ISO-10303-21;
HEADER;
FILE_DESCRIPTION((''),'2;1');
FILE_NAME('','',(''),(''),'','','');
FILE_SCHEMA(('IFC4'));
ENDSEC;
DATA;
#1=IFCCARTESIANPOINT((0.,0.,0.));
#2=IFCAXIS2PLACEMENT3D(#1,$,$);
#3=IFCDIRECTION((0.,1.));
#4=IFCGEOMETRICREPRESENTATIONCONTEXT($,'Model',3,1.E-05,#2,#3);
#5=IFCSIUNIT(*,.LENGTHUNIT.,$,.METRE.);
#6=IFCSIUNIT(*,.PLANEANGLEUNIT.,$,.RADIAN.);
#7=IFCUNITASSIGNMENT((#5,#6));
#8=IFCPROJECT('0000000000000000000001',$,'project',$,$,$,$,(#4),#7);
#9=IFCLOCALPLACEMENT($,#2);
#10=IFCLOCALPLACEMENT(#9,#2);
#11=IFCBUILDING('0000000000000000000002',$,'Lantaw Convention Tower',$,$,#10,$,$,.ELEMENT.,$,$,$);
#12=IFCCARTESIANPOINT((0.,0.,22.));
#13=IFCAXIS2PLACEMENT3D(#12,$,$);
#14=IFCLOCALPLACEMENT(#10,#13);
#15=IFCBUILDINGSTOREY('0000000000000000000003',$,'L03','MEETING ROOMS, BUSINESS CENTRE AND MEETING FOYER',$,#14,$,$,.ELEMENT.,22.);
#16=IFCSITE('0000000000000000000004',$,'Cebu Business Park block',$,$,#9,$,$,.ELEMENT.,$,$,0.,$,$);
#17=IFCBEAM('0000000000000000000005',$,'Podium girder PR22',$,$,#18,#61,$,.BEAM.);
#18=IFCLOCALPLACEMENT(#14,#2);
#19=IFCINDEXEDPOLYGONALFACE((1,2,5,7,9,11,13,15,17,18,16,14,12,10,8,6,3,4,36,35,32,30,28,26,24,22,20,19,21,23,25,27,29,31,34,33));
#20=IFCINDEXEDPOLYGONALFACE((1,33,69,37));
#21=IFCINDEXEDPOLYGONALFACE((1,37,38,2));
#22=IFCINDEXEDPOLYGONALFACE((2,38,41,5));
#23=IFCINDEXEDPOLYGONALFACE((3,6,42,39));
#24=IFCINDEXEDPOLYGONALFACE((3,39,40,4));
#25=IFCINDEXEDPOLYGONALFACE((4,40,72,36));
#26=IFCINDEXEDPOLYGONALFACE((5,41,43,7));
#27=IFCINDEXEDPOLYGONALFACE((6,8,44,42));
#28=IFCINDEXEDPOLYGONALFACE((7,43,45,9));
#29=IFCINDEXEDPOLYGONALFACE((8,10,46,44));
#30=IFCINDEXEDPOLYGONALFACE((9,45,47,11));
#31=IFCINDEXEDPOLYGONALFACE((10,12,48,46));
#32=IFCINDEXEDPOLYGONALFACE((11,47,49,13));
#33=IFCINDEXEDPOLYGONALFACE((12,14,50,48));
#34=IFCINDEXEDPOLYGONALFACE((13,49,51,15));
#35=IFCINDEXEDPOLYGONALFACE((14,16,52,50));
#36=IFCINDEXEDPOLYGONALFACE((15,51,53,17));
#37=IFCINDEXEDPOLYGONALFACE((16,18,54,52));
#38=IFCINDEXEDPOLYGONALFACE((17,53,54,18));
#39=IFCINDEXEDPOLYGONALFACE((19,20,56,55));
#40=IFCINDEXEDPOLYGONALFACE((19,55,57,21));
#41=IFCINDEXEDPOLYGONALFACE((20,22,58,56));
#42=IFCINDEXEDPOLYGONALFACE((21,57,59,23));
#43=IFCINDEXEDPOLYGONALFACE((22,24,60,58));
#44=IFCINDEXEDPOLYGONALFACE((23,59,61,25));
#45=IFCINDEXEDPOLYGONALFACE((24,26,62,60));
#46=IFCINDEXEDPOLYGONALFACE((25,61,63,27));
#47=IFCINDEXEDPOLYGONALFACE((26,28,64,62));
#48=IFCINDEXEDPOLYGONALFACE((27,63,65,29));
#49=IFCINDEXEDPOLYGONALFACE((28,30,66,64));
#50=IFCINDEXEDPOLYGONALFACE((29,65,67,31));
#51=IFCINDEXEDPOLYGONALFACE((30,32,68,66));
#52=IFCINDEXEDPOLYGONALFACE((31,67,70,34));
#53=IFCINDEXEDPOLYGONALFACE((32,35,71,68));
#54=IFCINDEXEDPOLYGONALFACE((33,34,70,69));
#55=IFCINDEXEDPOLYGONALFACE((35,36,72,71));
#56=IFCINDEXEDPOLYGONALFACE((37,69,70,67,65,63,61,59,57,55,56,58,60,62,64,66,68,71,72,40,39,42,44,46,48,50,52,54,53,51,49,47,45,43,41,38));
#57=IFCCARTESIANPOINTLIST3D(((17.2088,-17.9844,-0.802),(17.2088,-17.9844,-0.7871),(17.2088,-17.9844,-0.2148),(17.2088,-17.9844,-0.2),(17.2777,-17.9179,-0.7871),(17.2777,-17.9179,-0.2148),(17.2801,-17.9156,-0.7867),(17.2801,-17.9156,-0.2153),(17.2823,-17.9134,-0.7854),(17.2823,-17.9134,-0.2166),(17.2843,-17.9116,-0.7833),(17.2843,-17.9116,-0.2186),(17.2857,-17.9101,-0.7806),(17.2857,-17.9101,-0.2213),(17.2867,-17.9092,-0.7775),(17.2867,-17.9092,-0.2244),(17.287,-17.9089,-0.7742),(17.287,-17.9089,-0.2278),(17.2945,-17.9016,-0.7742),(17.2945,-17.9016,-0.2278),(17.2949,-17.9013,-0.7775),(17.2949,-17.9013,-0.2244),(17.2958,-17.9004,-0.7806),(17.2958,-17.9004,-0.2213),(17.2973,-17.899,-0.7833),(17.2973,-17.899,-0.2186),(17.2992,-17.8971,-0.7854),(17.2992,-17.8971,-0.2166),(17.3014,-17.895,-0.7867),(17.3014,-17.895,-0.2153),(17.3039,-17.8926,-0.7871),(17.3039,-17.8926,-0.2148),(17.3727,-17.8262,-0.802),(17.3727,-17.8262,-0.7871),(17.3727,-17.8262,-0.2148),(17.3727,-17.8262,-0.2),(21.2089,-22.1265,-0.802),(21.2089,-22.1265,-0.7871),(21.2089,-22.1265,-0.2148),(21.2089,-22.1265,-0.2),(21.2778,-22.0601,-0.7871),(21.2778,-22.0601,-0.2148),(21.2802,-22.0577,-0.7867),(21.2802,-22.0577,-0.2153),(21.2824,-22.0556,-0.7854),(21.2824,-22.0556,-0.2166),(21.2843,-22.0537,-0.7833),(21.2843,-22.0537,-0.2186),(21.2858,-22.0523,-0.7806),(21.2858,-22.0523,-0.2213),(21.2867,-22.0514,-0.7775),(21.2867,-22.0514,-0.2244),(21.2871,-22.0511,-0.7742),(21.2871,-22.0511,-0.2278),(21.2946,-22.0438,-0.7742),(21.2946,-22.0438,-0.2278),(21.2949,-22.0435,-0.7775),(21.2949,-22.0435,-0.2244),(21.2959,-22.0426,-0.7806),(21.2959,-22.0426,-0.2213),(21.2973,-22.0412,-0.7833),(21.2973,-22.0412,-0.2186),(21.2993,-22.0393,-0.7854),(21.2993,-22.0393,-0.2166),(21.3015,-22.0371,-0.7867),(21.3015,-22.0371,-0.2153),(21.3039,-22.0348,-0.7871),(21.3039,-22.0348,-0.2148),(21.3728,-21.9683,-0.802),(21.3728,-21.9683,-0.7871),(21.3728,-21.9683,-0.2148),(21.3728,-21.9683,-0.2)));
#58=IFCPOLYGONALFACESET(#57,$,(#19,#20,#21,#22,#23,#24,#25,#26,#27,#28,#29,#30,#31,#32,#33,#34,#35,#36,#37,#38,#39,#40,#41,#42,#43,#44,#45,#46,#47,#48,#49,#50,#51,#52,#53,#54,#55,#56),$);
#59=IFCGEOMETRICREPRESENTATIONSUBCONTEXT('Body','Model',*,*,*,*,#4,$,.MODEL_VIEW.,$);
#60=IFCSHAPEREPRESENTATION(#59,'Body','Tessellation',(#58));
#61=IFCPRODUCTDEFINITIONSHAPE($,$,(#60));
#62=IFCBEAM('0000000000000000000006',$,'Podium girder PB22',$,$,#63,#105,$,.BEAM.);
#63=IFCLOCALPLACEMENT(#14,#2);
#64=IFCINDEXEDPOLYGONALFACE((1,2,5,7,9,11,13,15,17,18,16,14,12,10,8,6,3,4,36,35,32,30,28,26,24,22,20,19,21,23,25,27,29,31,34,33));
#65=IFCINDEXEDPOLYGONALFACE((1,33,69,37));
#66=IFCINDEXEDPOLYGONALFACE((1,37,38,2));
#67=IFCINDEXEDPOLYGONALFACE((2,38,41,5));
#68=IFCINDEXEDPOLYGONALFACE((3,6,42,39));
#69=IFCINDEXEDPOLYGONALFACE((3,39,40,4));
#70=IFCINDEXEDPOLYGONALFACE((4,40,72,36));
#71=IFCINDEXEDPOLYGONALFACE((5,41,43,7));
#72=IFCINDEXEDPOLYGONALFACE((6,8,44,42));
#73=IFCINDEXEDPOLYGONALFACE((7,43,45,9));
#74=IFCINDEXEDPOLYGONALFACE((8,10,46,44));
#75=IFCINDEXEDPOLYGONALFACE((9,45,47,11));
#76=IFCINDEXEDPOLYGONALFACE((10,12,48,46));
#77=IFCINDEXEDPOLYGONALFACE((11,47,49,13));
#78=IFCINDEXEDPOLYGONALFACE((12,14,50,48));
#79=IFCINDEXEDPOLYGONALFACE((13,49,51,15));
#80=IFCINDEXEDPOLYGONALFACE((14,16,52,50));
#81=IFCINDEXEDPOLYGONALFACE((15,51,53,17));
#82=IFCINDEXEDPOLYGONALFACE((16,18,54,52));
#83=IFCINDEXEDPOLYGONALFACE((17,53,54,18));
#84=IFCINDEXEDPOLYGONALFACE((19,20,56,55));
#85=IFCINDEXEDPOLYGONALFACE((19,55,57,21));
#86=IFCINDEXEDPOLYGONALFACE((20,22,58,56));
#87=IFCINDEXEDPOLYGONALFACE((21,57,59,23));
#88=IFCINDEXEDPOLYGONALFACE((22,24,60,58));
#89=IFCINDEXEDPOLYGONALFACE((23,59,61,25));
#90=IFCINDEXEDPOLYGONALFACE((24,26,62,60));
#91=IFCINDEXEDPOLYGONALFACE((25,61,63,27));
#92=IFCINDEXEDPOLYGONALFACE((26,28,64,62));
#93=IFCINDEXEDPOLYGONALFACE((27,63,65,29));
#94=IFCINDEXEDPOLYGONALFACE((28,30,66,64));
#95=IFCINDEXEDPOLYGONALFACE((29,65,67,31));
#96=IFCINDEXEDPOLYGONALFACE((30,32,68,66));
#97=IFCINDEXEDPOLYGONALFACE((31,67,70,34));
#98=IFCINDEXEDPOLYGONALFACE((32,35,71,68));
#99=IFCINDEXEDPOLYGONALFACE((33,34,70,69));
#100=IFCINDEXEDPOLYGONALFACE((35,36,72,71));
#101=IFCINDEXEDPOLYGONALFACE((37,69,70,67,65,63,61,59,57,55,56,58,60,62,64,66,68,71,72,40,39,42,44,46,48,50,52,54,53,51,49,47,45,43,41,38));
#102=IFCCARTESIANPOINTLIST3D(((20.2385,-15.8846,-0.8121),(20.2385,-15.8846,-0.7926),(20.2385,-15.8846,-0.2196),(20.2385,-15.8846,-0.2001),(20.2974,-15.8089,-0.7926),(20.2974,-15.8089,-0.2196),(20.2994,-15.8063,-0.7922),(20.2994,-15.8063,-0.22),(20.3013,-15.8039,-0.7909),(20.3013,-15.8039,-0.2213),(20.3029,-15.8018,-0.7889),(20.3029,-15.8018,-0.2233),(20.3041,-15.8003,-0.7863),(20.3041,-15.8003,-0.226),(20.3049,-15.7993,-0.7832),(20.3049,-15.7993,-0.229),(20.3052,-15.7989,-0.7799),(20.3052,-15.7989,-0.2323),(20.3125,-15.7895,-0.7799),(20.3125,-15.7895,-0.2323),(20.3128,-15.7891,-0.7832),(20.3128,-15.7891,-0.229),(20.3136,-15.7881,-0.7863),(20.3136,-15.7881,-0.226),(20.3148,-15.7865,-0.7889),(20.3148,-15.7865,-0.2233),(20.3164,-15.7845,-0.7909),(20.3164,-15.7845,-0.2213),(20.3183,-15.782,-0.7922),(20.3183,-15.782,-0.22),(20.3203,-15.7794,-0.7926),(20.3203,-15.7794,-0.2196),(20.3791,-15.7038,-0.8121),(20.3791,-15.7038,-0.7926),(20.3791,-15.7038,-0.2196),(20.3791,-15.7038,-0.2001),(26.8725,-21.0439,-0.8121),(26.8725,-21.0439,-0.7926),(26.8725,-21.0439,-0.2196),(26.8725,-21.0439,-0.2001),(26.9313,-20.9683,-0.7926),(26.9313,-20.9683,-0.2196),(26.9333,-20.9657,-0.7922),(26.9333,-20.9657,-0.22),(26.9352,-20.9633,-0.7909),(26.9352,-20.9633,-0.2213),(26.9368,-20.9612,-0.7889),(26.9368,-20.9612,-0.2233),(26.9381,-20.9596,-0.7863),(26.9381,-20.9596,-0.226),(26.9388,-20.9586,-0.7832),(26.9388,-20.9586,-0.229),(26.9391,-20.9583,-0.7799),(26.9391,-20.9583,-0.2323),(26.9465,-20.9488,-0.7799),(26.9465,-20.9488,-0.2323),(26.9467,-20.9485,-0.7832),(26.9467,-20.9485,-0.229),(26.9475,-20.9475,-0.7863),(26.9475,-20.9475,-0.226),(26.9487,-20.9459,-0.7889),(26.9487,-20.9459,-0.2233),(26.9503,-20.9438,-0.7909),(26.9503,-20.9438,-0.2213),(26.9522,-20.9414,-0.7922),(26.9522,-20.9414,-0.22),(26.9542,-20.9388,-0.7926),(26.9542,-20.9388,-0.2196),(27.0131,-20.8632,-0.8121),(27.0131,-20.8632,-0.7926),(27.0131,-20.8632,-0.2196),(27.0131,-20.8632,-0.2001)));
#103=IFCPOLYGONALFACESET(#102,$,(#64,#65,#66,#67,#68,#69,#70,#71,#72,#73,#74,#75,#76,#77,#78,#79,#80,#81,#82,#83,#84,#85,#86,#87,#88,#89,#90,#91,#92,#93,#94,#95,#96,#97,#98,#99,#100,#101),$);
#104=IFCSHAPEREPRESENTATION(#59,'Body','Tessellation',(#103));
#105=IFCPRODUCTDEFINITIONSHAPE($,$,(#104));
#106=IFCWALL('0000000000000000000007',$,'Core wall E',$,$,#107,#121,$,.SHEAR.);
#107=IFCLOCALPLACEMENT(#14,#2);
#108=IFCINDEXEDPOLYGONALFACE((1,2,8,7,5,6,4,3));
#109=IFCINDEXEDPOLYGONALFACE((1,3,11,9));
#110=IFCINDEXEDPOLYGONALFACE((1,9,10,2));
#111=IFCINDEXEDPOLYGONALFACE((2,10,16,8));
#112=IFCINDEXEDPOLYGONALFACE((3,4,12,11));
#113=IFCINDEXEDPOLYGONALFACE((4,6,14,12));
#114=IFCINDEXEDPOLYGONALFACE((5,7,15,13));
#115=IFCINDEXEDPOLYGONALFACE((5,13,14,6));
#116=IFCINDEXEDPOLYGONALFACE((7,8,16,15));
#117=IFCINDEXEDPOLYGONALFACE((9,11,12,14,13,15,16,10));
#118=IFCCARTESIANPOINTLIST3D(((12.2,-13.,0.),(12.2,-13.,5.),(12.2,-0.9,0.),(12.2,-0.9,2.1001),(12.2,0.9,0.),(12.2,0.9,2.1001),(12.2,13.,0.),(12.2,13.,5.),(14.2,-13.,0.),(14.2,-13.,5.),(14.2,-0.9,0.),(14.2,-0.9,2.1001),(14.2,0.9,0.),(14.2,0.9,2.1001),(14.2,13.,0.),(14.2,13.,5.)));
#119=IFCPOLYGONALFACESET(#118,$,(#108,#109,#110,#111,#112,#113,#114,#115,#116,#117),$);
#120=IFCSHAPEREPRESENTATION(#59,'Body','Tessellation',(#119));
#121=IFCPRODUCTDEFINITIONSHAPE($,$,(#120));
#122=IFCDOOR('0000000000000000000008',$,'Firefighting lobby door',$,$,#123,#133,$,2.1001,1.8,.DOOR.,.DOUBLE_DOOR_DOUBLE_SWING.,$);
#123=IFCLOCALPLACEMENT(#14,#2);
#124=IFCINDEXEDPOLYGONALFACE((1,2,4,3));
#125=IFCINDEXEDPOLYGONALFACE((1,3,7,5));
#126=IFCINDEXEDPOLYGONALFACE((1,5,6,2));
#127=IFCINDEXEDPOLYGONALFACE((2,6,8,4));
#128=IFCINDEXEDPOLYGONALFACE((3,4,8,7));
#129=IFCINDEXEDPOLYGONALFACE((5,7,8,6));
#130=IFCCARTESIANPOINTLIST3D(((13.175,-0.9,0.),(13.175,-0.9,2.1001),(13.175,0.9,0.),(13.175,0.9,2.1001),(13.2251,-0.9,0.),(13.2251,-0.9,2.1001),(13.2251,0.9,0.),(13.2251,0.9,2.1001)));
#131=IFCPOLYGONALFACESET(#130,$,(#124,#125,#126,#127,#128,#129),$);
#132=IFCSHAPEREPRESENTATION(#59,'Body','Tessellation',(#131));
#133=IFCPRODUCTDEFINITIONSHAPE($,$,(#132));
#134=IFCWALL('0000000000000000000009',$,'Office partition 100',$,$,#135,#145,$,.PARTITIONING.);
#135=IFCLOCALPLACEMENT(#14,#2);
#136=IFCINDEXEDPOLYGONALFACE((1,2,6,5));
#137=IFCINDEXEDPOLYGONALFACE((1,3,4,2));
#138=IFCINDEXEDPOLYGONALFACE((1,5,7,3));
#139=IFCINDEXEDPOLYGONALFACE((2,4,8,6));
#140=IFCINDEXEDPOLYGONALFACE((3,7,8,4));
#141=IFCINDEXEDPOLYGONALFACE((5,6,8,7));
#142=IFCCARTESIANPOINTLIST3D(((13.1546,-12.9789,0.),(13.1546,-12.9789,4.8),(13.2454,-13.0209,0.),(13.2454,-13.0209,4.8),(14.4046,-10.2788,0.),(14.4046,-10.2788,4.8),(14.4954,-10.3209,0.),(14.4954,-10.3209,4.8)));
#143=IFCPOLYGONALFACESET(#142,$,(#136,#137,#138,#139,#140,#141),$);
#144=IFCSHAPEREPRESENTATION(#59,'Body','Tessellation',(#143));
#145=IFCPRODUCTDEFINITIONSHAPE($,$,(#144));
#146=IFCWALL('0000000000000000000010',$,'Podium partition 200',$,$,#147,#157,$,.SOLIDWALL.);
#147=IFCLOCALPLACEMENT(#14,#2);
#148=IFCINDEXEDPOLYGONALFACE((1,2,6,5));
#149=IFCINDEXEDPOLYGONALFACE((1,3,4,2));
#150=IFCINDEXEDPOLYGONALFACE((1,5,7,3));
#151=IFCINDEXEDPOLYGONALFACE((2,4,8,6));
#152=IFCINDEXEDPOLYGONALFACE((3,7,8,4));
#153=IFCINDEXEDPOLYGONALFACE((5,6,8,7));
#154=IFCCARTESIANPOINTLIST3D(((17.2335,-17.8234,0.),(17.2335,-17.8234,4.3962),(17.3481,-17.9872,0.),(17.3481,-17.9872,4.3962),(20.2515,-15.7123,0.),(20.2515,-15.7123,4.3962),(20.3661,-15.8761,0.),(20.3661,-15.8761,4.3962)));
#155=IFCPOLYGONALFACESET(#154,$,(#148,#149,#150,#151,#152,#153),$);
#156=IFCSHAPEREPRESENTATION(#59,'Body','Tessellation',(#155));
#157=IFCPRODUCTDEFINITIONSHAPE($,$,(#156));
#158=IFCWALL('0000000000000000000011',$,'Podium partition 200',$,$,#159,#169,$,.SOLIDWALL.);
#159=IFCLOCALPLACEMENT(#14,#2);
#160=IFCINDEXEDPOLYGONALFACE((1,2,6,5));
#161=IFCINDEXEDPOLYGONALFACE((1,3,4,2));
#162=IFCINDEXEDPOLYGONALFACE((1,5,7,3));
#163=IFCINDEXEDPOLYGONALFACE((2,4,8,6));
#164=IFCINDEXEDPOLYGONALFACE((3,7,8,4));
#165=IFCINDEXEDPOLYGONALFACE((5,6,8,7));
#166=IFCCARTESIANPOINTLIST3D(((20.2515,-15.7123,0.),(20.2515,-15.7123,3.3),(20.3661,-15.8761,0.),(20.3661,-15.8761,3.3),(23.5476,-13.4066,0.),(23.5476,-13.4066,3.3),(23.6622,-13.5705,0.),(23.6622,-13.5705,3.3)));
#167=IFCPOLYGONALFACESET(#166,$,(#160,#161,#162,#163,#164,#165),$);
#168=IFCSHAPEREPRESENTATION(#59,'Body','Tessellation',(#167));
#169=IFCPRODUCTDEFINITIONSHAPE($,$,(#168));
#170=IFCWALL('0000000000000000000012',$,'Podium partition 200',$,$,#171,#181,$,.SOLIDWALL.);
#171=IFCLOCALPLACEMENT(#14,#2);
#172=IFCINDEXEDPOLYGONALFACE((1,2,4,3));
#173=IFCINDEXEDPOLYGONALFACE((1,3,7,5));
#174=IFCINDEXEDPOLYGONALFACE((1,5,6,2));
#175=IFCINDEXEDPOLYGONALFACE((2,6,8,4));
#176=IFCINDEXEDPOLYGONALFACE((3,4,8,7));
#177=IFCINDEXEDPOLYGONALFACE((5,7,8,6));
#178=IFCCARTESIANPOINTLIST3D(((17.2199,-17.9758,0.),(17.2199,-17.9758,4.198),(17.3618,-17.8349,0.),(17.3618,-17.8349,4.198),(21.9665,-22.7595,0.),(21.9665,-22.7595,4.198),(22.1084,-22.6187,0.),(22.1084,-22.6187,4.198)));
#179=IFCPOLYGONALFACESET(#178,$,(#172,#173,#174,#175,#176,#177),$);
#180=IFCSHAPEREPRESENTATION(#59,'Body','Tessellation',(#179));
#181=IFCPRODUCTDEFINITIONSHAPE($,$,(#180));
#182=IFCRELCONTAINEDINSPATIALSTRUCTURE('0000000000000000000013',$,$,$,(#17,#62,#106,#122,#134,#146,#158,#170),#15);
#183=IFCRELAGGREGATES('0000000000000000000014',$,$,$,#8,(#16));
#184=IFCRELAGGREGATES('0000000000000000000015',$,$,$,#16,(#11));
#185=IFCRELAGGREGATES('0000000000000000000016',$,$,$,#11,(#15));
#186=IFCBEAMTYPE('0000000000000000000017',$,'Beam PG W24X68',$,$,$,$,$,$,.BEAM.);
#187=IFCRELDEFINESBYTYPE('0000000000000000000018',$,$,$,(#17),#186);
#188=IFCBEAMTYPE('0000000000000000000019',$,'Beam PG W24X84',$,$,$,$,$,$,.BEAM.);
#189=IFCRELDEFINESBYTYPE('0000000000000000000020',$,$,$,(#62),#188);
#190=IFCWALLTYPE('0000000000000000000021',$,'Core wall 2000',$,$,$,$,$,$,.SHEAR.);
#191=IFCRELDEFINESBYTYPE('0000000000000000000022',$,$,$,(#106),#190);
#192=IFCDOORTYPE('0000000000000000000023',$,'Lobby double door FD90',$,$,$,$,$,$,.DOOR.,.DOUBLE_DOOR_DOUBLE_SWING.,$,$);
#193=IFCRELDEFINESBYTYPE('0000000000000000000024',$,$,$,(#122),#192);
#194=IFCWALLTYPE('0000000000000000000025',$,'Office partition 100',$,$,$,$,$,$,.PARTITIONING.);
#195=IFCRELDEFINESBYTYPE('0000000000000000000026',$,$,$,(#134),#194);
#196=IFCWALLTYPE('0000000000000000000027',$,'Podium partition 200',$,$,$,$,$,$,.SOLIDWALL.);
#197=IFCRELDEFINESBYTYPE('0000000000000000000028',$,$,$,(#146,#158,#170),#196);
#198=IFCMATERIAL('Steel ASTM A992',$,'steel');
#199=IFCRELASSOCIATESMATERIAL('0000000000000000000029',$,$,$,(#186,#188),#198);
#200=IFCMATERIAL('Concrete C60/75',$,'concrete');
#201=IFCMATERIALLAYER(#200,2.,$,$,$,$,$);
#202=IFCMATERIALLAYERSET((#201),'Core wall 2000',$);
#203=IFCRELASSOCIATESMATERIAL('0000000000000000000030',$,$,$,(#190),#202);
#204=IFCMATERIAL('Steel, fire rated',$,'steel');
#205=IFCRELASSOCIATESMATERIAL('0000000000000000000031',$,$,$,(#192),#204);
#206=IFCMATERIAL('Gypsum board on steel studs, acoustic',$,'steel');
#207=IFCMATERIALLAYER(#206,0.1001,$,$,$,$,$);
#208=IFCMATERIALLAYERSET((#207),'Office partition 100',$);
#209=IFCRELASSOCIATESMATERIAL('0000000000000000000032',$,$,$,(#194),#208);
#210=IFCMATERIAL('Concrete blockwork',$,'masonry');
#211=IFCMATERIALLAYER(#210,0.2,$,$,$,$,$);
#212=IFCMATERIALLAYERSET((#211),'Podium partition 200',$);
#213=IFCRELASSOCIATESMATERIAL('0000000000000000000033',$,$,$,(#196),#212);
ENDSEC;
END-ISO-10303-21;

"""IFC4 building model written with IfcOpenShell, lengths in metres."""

from ifc_helpers import new_model, si_unit, direction, frame, frame_2d, origin, origin_2d, place, context, subcontext, project, spatial, rectangle, i_section, extrude, material, layer, layer_set, material_profile, profile_set, type_object, element, fill, save


model = new_model("IFC4")

# Units and contexts
model_context = context("Model", 3, precision=1e-05, world=origin(), true_north=direction((0.0, 1.0)))
body_context = subcontext(model_context, "Body", "Model", "MODEL_VIEW")
ifc_project = project(units=[si_unit("LENGTHUNIT", "METRE"), si_unit("PLANEANGLEUNIT", "RADIAN")], contexts=[model_context])

# Site, building, storey
site_placement = place(None, origin())
site = spatial("IfcSite", under=ifc_project, at=site_placement, Name="Cebu Business Park block", CompositionType="ELEMENT", RefElevation=0.0)
building_placement = place(site_placement, origin())
building = spatial("IfcBuilding", under=site, at=building_placement, Name="Lantaw Convention Tower", CompositionType="ELEMENT")
storey_placement = place(building_placement, frame((0.0, 0.0, 22.0)))
storey = spatial("IfcBuildingStorey", under=building, at=storey_placement, Name="L03", Description="MEETING ROOMS, BUSINESS CENTRE AND MEETING FOYER", CompositionType="ELEMENT", Elevation=22.0)

# Shared definitions
ifc_material_1 = material(Name="Concrete C60/75", Category="concrete")

# Beams
ifc_material_2 = material(Name="Steel ASTM A992", Category="steel")
ifc_material_profile_1 = material_profile(ifc_material_2, i_section(OverallWidth=0.2278, OverallDepth=0.6021, WebThickness=0.0105, FlangeThickness=0.0149, FilletRadius=0.0129, at=origin_2d()), Name="W24X68")
ifc_profile_set_1 = profile_set([ifc_material_profile_1], Name="Steel ASTM A992")
beam_type_1 = type_object("IfcBeamType", Name="Beam PG W24X68", PredefinedType="BEAM", material=ifc_profile_set_1)
beam_1_placement = place(storey_placement, frame((17.2908, -17.9053, -0.501), z_axis=(0.694661, -0.719337, 0.0), x_axis=(0.719337, 0.694661, 0.0)))
element("IfcBeam", 1, at=beam_1_placement, inside=storey, type_object=beam_type_1, Name="Podium girder PR22", PredefinedType="BEAM", context=body_context, shape_type="SweptSolid", body=[
    extrude(i_section(OverallWidth=0.2278, OverallDepth=0.6021, WebThickness=0.0105, FlangeThickness=0.0149, FilletRadius=0.0129, at=origin_2d()), origin(), (0.0, 0.0, 1.0), 5.7583),
])
ifc_material_profile_2 = material_profile(ifc_material_2, i_section(OverallWidth=0.229, OverallDepth=0.6121, WebThickness=0.012, FlangeThickness=0.0195, FilletRadius=0.0127, at=origin_2d()), Name="W24X84")
ifc_profile_set_2 = profile_set([ifc_material_profile_2], Name="Steel ASTM A992")
beam_type_2 = type_object("IfcBeamType", Name="Beam PG W24X84", PredefinedType="BEAM", material=ifc_profile_set_2)
beam_2_placement = place(storey_placement, frame((20.3088, -15.7942, -0.5061), z_axis=(0.789374, -0.613912, 0.0), x_axis=(0.613912, 0.789374, 0.0)))
element("IfcBeam", 2, at=beam_2_placement, inside=storey, type_object=beam_type_2, Name="Podium girder PB22", PredefinedType="BEAM", context=body_context, shape_type="SweptSolid", body=[
    extrude(i_section(OverallWidth=0.229, OverallDepth=0.6121, WebThickness=0.012, FlangeThickness=0.0195, FilletRadius=0.0127, at=origin_2d()), origin(), (0.0, 0.0, 1.0), 8.4041),
])

# Wall, opening, door
ifc_layer_1 = layer(ifc_material_1, 2.0)
ifc_layer_set_1 = layer_set([ifc_layer_1], Name="Core wall 2000")
wall_type_1 = type_object("IfcWallType", Name="Core wall 2000", PredefinedType="SHEAR", material=ifc_layer_set_1)
wall_1_placement = place(storey_placement, frame((13.2, -13.0, 0.0), z_axis=(0.0, 0.0, 1.0), x_axis=(0.0, 1.0, 0.0)))
wall_1 = element("IfcWall", 3, at=wall_1_placement, inside=storey, type_object=wall_type_1, Name="Core wall E", PredefinedType="SHEAR", context=body_context, shape_type="SweptSolid", body=[
    extrude(rectangle(XDim=26.0, YDim=2.0, at=frame_2d((13.0, 0.0))), origin(), (0.0, 0.0, 1.0), 5.0),
])
opening_placement = place(wall_1_placement, frame((12.1001, 0.0, 0.0)))
opening = element("IfcOpeningElement", 4, at=opening_placement, cuts=wall_1, PredefinedType="OPENING", context=body_context, shape_type="SweptSolid", body=[
    extrude(rectangle(XDim=1.8, YDim=2.1001, at=frame_2d((0.8999, 1.05))), frame((0.0, 1.01, 0.0), z_axis=(0.0, -1.0, 0.0), x_axis=(1.0, 0.0, 0.0)), (0.0, 0.0, 1.0), 2.02),
])
ifc_material_3 = material(Name="Steel, fire rated", Category="steel")
door_type = type_object("IfcDoorType", Name="Lobby double door FD90", OperationType="DOUBLE_DOOR_DOUBLE_SWING", PredefinedType="DOOR", material=ifc_material_3)
door_placement = place(opening_placement, origin())
door = element("IfcDoor", 5, at=door_placement, inside=storey, type_object=door_type, Name="Firefighting lobby door", OperationType="DOUBLE_DOOR_DOUBLE_SWING", OverallHeight=2.1001, OverallWidth=1.8, PredefinedType="DOOR", context=body_context, shape_type="SweptSolid", body=[
    extrude(rectangle(XDim=1.8, YDim=2.1001, at=frame_2d((0.8999, 1.05))), frame((0.0, 0.0249, 0.0), z_axis=(0.0, -1.0, 0.0), x_axis=(1.0, 0.0, 0.0)), (0.0, 0.0, 1.0), 0.05),
])
fill(opening, door)

# Walls
ifc_material_4 = material(Name="Gypsum board on steel studs, acoustic", Category="steel")
ifc_layer_2 = layer(ifc_material_4, 0.1001)
ifc_layer_set_2 = layer_set([ifc_layer_2], Name="Office partition 100")
wall_type_2 = type_object("IfcWallType", Name="Office partition 100", PredefinedType="PARTITIONING", material=ifc_layer_set_2)
wall_2_placement = place(storey_placement, frame((13.2, -13.0, 0.0), z_axis=(0.0, 0.0, 1.0), x_axis=(0.42013, 0.907464, 0.0)))
element("IfcWall", 6, at=wall_2_placement, inside=storey, type_object=wall_type_2, Name="Office partition 100", PredefinedType="PARTITIONING", context=body_context, shape_type="SweptSolid", body=[
    extrude(rectangle(XDim=2.9753, YDim=0.1001, at=frame_2d((1.4878, 0.0))), origin(), (0.0, 0.0, 1.0), 4.8),
])
ifc_material_5 = material(Name="Concrete blockwork", Category="masonry")
ifc_layer_3 = layer(ifc_material_5, 0.2)
ifc_layer_set_3 = layer_set([ifc_layer_3], Name="Podium partition 200")
wall_type_3 = type_object("IfcWallType", Name="Podium partition 200", PredefinedType="SOLIDWALL", material=ifc_layer_set_3)
wall_3_placement = place(storey_placement, frame((17.2908, -17.9053, 0.0), z_axis=(0.0, 0.0, 1.0), x_axis=(0.819431, 0.573178, 0.0)))
element("IfcWall", 7, at=wall_3_placement, inside=storey, type_object=wall_type_3, Name="Podium partition 200", PredefinedType="SOLIDWALL", context=body_context, shape_type="SweptSolid", body=[
    extrude(rectangle(XDim=3.6831, YDim=0.2, at=frame_2d((1.8416, 0.0))), origin(), (0.0, 0.0, 1.0), 4.3962),
])
wall_4_placement = place(storey_placement, frame((20.3088, -15.7942, 0.0), z_axis=(0.0, 0.0, 1.0), x_axis=(0.819423, 0.573189, 0.0)))
element("IfcWall", 8, at=wall_4_placement, inside=storey, type_object=wall_type_3, Name="Podium partition 200", PredefinedType="SOLIDWALL", context=body_context, shape_type="SweptSolid", body=[
    extrude(rectangle(XDim=4.0225, YDim=0.2, at=frame_2d((2.0112, 0.0))), origin(), (0.0, 0.0, 1.0), 3.3),
])
wall_5_placement = place(storey_placement, frame((17.2908, -17.9053, 0.0), z_axis=(0.0, 0.0, 1.0), x_axis=(0.704348, -0.709855, 0.0)))
element("IfcWall", 9, at=wall_5_placement, inside=storey, type_object=wall_type_3, Name="Podium partition 200", PredefinedType="SOLIDWALL", context=body_context, shape_type="SweptSolid", body=[
    extrude(rectangle(XDim=6.739, YDim=0.2, at=frame_2d((3.3696, 0.0))), origin(), (0.0, 0.0, 1.0), 4.198),
])

save(model, "model.ifc")
